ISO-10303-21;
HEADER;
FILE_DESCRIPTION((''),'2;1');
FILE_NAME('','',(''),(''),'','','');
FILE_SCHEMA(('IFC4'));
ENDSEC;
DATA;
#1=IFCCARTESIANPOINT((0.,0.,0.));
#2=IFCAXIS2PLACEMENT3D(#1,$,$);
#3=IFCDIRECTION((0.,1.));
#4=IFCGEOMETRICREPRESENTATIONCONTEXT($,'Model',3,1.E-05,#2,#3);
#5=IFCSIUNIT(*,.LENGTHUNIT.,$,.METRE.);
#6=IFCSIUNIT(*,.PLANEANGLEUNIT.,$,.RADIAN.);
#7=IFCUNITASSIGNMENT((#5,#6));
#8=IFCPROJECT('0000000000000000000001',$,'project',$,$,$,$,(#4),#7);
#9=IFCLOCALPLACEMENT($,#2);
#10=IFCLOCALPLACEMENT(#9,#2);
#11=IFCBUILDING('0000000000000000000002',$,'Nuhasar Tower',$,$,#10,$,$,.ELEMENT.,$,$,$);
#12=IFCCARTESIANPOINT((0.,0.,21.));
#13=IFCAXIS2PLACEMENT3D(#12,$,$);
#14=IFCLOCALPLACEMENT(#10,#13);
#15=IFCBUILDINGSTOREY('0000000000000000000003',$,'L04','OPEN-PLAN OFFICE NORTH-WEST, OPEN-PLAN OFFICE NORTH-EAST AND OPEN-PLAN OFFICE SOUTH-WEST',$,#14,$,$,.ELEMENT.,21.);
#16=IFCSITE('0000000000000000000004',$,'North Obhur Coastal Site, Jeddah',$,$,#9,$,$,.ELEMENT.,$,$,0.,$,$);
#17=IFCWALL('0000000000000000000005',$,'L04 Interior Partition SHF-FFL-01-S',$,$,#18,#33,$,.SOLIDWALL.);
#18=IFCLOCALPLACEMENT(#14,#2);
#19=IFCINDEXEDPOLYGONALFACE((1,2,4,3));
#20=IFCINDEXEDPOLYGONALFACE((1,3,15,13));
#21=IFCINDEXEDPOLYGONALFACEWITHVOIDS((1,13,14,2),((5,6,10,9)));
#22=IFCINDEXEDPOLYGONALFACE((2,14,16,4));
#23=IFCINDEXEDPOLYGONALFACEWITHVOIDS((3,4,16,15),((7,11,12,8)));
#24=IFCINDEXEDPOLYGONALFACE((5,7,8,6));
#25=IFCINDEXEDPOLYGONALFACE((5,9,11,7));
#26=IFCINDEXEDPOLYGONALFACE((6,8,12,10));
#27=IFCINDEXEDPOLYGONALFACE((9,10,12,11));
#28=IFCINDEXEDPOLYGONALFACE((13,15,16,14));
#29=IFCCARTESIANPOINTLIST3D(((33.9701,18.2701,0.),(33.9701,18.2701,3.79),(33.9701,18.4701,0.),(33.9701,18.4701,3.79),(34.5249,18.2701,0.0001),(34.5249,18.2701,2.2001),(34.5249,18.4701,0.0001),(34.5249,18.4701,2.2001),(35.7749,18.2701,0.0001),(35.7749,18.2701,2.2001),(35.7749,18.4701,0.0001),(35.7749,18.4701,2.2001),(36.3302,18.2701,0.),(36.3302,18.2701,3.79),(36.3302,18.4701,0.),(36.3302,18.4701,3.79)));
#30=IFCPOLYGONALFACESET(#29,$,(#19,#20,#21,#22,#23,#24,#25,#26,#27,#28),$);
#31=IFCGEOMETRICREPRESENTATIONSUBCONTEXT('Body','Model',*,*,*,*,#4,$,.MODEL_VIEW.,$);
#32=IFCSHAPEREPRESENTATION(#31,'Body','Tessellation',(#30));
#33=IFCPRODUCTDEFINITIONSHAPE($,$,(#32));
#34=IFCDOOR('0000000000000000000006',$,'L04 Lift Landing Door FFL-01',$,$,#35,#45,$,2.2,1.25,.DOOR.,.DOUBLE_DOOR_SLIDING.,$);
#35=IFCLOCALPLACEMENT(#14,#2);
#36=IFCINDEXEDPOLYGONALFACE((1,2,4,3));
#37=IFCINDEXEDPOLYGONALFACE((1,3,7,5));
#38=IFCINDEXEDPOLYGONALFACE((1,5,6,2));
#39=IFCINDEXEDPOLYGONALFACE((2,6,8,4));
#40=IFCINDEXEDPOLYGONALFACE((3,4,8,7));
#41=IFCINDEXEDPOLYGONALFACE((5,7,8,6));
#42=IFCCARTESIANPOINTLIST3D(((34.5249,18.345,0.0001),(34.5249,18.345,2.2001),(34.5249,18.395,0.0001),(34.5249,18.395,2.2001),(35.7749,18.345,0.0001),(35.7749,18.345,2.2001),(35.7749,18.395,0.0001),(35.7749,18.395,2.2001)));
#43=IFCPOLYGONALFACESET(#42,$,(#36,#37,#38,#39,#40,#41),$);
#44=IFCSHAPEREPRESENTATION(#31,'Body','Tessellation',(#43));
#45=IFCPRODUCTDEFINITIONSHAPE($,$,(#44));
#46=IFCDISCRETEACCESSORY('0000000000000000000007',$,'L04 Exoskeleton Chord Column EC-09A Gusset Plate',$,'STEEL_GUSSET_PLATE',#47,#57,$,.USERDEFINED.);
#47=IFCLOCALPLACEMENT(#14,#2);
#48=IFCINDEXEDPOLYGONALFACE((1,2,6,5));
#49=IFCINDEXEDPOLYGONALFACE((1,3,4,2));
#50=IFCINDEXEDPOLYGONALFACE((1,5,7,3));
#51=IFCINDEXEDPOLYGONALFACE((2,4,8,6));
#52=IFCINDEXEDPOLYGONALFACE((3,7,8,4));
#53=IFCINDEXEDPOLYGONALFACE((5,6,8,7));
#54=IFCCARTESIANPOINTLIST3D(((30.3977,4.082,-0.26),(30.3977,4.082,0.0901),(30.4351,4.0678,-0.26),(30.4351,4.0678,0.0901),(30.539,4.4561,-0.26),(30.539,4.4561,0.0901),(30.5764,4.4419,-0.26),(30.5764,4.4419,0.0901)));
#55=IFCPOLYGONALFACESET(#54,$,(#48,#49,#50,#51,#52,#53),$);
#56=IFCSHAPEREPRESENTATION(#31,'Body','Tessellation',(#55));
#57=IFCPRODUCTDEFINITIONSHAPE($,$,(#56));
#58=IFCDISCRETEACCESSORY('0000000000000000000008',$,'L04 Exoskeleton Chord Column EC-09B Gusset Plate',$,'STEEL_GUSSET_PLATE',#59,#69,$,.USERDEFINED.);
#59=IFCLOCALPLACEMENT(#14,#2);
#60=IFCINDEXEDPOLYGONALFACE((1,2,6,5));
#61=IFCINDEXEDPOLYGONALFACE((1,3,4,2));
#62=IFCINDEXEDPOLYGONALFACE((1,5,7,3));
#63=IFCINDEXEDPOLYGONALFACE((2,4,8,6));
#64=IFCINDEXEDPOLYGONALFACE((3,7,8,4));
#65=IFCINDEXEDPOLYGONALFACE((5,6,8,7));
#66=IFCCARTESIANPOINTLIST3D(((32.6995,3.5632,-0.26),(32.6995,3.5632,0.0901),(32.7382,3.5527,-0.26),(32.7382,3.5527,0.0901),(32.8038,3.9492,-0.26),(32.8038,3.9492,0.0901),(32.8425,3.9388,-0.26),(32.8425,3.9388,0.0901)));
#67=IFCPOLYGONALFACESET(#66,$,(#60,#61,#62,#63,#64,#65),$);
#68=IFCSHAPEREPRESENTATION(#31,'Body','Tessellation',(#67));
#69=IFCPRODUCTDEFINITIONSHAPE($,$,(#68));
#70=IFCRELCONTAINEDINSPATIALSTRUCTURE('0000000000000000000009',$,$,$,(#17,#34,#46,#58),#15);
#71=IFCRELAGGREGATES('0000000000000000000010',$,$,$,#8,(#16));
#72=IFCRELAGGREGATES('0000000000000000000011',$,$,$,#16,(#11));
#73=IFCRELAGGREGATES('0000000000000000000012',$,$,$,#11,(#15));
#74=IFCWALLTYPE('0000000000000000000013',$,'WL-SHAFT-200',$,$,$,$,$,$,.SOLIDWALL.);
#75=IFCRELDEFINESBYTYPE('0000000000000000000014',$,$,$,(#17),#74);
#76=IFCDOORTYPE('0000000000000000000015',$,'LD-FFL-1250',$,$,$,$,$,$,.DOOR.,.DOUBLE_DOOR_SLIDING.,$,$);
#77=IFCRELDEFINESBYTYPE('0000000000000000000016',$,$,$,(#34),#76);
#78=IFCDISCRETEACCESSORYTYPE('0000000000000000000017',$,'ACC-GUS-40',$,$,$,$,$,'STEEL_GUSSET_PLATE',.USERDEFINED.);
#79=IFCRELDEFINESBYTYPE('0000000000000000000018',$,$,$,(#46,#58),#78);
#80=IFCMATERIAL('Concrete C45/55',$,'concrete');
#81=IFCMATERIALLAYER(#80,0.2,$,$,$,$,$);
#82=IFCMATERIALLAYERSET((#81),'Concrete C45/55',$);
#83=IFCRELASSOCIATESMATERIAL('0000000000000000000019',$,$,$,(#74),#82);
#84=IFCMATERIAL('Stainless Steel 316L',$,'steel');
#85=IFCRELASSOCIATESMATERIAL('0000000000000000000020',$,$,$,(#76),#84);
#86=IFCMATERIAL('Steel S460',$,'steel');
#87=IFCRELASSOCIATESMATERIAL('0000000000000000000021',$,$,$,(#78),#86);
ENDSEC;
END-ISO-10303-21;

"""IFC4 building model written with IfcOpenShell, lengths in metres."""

from ifc_helpers import new_model, si_unit, direction, frame, frame_2d, origin, origin_2d, place, context, subcontext, project, spatial, rectangle, extrude, material, layer, layer_set, type_object, element, fill, save


model = new_model("IFC4")

# Units and contexts
model_context = context("Model", 3, precision=1e-05, world=origin(), true_north=direction((0.0, 1.0)))
body_context = subcontext(model_context, "Body", "Model", "MODEL_VIEW")
ifc_project = project(units=[si_unit("LENGTHUNIT", "METRE"), si_unit("PLANEANGLEUNIT", "RADIAN")], contexts=[model_context])

# Site, building, storey
site_placement = place(None, origin())
site = spatial("IfcSite", under=ifc_project, at=site_placement, Name="North Obhur Coastal Site, Jeddah", CompositionType="ELEMENT", RefElevation=0.0)
building_placement = place(site_placement, origin())
building = spatial("IfcBuilding", under=site, at=building_placement, Name="Nuhasar Tower", CompositionType="ELEMENT")
storey_placement = place(building_placement, frame((0.0, 0.0, 21.0)))
storey = spatial("IfcBuildingStorey", under=building, at=storey_placement, Name="L04", Description="OPEN-PLAN OFFICE NORTH-WEST, OPEN-PLAN OFFICE NORTH-EAST AND OPEN-PLAN OFFICE SOUTH-WEST", CompositionType="ELEMENT", Elevation=21.0)

# Shared definitions
ifc_material_1 = material(Name="Steel S460", Category="steel")

# Shared definitions
ifc_material_2 = material(Name="Concrete C45/55", Category="concrete")

# Wall, opening, door
ifc_layer_1 = layer(ifc_material_2, 0.2)
ifc_layer_set_1 = layer_set([ifc_layer_1], Name="Concrete C45/55")
wall_type_1 = type_object("IfcWallType", Name="WL-SHAFT-200", PredefinedType="SOLIDWALL", material=ifc_layer_set_1)
wall_1_placement = place(storey_placement, frame((33.97, 18.3701, 0.0), z_axis=(0.0, 0.0, 1.0), x_axis=(1.0, 0.0, 0.0)))
wall_1 = element("IfcWall", 1, at=wall_1_placement, inside=storey, type_object=wall_type_1, Name="L04 Interior Partition SHF-FFL-01-S", PredefinedType="SOLIDWALL", context=body_context, shape_type="SweptSolid", body=[
    extrude(rectangle(XDim=2.3601, YDim=0.2, at=frame_2d((1.1802, 0.0))), origin(), (0.0, 0.0, 1.0), 3.79),
])
opening_1_placement = place(wall_1_placement, frame((0.5549, 0.0, 0.0)))
opening_1 = element("IfcOpeningElement", 2, at=opening_1_placement, cuts=wall_1, PredefinedType="OPENING", context=body_context, shape_type="SweptSolid", body=[
    extrude(rectangle(XDim=1.25, YDim=2.2, at=frame_2d((0.625, 1.1001))), frame((0.0, 0.1099, 0.0), z_axis=(0.0, -1.0, 0.0), x_axis=(1.0, 0.0, 0.0)), (0.0, 0.0, 1.0), 0.22),
])
ifc_material_3 = material(Name="Stainless Steel 316L", Category="steel")
door_type_1 = type_object("IfcDoorType", Name="LD-FFL-1250", OperationType="DOUBLE_DOOR_SLIDING", PredefinedType="DOOR", material=ifc_material_3)
door_1_placement = place(opening_1_placement, origin())
door_1 = element("IfcDoor", 3, at=door_1_placement, inside=storey, type_object=door_type_1, Name="L04 Lift Landing Door FFL-01", OperationType="DOUBLE_DOOR_SLIDING", OverallHeight=2.2, OverallWidth=1.25, PredefinedType="DOOR", context=body_context, shape_type="SweptSolid", body=[
    extrude(rectangle(XDim=1.25, YDim=2.2, at=frame_2d((0.625, 1.1001))), frame((0.0, 0.0249, 0.0), z_axis=(0.0, -1.0, 0.0), x_axis=(1.0, 0.0, 0.0)), (0.0, 0.0, 1.0), 0.05),
])
fill(opening_1, door_1)

# Discrete accessories
discrete_accessory_type = type_object("IfcDiscreteAccessoryType", Name="ACC-GUS-40", ElementType="STEEL_GUSSET_PLATE", PredefinedType="USERDEFINED", material=ifc_material_1)
for number, where, z_axis, x_axis, name in (
    (4, (30.4871, 4.262, -0.26), (0.0, 0.0, 1.0), (-0.353344, -0.935493, 0.0), "L04 Exoskeleton Chord Column EC-09A Gusset Plate"),
    (5, (32.771, 3.751, -0.26), (0.0, 0.0, 1.0), (-0.260909, -0.965363, 0.0), "L04 Exoskeleton Chord Column EC-09B Gusset Plate"),
):
    element("IfcDiscreteAccessory", number, at=place(storey_placement, frame(where, z_axis=z_axis, x_axis=x_axis)), inside=storey, type_object=discrete_accessory_type, Name=name, ObjectType="STEEL_GUSSET_PLATE", PredefinedType="USERDEFINED", context=body_context, shape_type="SweptSolid", body=[
        extrude(rectangle(XDim=0.3999, YDim=0.04, at=origin_2d()), origin(), (0.0, 0.0, 1.0), 0.3501),
    ])

save(model, "model.ifc")
